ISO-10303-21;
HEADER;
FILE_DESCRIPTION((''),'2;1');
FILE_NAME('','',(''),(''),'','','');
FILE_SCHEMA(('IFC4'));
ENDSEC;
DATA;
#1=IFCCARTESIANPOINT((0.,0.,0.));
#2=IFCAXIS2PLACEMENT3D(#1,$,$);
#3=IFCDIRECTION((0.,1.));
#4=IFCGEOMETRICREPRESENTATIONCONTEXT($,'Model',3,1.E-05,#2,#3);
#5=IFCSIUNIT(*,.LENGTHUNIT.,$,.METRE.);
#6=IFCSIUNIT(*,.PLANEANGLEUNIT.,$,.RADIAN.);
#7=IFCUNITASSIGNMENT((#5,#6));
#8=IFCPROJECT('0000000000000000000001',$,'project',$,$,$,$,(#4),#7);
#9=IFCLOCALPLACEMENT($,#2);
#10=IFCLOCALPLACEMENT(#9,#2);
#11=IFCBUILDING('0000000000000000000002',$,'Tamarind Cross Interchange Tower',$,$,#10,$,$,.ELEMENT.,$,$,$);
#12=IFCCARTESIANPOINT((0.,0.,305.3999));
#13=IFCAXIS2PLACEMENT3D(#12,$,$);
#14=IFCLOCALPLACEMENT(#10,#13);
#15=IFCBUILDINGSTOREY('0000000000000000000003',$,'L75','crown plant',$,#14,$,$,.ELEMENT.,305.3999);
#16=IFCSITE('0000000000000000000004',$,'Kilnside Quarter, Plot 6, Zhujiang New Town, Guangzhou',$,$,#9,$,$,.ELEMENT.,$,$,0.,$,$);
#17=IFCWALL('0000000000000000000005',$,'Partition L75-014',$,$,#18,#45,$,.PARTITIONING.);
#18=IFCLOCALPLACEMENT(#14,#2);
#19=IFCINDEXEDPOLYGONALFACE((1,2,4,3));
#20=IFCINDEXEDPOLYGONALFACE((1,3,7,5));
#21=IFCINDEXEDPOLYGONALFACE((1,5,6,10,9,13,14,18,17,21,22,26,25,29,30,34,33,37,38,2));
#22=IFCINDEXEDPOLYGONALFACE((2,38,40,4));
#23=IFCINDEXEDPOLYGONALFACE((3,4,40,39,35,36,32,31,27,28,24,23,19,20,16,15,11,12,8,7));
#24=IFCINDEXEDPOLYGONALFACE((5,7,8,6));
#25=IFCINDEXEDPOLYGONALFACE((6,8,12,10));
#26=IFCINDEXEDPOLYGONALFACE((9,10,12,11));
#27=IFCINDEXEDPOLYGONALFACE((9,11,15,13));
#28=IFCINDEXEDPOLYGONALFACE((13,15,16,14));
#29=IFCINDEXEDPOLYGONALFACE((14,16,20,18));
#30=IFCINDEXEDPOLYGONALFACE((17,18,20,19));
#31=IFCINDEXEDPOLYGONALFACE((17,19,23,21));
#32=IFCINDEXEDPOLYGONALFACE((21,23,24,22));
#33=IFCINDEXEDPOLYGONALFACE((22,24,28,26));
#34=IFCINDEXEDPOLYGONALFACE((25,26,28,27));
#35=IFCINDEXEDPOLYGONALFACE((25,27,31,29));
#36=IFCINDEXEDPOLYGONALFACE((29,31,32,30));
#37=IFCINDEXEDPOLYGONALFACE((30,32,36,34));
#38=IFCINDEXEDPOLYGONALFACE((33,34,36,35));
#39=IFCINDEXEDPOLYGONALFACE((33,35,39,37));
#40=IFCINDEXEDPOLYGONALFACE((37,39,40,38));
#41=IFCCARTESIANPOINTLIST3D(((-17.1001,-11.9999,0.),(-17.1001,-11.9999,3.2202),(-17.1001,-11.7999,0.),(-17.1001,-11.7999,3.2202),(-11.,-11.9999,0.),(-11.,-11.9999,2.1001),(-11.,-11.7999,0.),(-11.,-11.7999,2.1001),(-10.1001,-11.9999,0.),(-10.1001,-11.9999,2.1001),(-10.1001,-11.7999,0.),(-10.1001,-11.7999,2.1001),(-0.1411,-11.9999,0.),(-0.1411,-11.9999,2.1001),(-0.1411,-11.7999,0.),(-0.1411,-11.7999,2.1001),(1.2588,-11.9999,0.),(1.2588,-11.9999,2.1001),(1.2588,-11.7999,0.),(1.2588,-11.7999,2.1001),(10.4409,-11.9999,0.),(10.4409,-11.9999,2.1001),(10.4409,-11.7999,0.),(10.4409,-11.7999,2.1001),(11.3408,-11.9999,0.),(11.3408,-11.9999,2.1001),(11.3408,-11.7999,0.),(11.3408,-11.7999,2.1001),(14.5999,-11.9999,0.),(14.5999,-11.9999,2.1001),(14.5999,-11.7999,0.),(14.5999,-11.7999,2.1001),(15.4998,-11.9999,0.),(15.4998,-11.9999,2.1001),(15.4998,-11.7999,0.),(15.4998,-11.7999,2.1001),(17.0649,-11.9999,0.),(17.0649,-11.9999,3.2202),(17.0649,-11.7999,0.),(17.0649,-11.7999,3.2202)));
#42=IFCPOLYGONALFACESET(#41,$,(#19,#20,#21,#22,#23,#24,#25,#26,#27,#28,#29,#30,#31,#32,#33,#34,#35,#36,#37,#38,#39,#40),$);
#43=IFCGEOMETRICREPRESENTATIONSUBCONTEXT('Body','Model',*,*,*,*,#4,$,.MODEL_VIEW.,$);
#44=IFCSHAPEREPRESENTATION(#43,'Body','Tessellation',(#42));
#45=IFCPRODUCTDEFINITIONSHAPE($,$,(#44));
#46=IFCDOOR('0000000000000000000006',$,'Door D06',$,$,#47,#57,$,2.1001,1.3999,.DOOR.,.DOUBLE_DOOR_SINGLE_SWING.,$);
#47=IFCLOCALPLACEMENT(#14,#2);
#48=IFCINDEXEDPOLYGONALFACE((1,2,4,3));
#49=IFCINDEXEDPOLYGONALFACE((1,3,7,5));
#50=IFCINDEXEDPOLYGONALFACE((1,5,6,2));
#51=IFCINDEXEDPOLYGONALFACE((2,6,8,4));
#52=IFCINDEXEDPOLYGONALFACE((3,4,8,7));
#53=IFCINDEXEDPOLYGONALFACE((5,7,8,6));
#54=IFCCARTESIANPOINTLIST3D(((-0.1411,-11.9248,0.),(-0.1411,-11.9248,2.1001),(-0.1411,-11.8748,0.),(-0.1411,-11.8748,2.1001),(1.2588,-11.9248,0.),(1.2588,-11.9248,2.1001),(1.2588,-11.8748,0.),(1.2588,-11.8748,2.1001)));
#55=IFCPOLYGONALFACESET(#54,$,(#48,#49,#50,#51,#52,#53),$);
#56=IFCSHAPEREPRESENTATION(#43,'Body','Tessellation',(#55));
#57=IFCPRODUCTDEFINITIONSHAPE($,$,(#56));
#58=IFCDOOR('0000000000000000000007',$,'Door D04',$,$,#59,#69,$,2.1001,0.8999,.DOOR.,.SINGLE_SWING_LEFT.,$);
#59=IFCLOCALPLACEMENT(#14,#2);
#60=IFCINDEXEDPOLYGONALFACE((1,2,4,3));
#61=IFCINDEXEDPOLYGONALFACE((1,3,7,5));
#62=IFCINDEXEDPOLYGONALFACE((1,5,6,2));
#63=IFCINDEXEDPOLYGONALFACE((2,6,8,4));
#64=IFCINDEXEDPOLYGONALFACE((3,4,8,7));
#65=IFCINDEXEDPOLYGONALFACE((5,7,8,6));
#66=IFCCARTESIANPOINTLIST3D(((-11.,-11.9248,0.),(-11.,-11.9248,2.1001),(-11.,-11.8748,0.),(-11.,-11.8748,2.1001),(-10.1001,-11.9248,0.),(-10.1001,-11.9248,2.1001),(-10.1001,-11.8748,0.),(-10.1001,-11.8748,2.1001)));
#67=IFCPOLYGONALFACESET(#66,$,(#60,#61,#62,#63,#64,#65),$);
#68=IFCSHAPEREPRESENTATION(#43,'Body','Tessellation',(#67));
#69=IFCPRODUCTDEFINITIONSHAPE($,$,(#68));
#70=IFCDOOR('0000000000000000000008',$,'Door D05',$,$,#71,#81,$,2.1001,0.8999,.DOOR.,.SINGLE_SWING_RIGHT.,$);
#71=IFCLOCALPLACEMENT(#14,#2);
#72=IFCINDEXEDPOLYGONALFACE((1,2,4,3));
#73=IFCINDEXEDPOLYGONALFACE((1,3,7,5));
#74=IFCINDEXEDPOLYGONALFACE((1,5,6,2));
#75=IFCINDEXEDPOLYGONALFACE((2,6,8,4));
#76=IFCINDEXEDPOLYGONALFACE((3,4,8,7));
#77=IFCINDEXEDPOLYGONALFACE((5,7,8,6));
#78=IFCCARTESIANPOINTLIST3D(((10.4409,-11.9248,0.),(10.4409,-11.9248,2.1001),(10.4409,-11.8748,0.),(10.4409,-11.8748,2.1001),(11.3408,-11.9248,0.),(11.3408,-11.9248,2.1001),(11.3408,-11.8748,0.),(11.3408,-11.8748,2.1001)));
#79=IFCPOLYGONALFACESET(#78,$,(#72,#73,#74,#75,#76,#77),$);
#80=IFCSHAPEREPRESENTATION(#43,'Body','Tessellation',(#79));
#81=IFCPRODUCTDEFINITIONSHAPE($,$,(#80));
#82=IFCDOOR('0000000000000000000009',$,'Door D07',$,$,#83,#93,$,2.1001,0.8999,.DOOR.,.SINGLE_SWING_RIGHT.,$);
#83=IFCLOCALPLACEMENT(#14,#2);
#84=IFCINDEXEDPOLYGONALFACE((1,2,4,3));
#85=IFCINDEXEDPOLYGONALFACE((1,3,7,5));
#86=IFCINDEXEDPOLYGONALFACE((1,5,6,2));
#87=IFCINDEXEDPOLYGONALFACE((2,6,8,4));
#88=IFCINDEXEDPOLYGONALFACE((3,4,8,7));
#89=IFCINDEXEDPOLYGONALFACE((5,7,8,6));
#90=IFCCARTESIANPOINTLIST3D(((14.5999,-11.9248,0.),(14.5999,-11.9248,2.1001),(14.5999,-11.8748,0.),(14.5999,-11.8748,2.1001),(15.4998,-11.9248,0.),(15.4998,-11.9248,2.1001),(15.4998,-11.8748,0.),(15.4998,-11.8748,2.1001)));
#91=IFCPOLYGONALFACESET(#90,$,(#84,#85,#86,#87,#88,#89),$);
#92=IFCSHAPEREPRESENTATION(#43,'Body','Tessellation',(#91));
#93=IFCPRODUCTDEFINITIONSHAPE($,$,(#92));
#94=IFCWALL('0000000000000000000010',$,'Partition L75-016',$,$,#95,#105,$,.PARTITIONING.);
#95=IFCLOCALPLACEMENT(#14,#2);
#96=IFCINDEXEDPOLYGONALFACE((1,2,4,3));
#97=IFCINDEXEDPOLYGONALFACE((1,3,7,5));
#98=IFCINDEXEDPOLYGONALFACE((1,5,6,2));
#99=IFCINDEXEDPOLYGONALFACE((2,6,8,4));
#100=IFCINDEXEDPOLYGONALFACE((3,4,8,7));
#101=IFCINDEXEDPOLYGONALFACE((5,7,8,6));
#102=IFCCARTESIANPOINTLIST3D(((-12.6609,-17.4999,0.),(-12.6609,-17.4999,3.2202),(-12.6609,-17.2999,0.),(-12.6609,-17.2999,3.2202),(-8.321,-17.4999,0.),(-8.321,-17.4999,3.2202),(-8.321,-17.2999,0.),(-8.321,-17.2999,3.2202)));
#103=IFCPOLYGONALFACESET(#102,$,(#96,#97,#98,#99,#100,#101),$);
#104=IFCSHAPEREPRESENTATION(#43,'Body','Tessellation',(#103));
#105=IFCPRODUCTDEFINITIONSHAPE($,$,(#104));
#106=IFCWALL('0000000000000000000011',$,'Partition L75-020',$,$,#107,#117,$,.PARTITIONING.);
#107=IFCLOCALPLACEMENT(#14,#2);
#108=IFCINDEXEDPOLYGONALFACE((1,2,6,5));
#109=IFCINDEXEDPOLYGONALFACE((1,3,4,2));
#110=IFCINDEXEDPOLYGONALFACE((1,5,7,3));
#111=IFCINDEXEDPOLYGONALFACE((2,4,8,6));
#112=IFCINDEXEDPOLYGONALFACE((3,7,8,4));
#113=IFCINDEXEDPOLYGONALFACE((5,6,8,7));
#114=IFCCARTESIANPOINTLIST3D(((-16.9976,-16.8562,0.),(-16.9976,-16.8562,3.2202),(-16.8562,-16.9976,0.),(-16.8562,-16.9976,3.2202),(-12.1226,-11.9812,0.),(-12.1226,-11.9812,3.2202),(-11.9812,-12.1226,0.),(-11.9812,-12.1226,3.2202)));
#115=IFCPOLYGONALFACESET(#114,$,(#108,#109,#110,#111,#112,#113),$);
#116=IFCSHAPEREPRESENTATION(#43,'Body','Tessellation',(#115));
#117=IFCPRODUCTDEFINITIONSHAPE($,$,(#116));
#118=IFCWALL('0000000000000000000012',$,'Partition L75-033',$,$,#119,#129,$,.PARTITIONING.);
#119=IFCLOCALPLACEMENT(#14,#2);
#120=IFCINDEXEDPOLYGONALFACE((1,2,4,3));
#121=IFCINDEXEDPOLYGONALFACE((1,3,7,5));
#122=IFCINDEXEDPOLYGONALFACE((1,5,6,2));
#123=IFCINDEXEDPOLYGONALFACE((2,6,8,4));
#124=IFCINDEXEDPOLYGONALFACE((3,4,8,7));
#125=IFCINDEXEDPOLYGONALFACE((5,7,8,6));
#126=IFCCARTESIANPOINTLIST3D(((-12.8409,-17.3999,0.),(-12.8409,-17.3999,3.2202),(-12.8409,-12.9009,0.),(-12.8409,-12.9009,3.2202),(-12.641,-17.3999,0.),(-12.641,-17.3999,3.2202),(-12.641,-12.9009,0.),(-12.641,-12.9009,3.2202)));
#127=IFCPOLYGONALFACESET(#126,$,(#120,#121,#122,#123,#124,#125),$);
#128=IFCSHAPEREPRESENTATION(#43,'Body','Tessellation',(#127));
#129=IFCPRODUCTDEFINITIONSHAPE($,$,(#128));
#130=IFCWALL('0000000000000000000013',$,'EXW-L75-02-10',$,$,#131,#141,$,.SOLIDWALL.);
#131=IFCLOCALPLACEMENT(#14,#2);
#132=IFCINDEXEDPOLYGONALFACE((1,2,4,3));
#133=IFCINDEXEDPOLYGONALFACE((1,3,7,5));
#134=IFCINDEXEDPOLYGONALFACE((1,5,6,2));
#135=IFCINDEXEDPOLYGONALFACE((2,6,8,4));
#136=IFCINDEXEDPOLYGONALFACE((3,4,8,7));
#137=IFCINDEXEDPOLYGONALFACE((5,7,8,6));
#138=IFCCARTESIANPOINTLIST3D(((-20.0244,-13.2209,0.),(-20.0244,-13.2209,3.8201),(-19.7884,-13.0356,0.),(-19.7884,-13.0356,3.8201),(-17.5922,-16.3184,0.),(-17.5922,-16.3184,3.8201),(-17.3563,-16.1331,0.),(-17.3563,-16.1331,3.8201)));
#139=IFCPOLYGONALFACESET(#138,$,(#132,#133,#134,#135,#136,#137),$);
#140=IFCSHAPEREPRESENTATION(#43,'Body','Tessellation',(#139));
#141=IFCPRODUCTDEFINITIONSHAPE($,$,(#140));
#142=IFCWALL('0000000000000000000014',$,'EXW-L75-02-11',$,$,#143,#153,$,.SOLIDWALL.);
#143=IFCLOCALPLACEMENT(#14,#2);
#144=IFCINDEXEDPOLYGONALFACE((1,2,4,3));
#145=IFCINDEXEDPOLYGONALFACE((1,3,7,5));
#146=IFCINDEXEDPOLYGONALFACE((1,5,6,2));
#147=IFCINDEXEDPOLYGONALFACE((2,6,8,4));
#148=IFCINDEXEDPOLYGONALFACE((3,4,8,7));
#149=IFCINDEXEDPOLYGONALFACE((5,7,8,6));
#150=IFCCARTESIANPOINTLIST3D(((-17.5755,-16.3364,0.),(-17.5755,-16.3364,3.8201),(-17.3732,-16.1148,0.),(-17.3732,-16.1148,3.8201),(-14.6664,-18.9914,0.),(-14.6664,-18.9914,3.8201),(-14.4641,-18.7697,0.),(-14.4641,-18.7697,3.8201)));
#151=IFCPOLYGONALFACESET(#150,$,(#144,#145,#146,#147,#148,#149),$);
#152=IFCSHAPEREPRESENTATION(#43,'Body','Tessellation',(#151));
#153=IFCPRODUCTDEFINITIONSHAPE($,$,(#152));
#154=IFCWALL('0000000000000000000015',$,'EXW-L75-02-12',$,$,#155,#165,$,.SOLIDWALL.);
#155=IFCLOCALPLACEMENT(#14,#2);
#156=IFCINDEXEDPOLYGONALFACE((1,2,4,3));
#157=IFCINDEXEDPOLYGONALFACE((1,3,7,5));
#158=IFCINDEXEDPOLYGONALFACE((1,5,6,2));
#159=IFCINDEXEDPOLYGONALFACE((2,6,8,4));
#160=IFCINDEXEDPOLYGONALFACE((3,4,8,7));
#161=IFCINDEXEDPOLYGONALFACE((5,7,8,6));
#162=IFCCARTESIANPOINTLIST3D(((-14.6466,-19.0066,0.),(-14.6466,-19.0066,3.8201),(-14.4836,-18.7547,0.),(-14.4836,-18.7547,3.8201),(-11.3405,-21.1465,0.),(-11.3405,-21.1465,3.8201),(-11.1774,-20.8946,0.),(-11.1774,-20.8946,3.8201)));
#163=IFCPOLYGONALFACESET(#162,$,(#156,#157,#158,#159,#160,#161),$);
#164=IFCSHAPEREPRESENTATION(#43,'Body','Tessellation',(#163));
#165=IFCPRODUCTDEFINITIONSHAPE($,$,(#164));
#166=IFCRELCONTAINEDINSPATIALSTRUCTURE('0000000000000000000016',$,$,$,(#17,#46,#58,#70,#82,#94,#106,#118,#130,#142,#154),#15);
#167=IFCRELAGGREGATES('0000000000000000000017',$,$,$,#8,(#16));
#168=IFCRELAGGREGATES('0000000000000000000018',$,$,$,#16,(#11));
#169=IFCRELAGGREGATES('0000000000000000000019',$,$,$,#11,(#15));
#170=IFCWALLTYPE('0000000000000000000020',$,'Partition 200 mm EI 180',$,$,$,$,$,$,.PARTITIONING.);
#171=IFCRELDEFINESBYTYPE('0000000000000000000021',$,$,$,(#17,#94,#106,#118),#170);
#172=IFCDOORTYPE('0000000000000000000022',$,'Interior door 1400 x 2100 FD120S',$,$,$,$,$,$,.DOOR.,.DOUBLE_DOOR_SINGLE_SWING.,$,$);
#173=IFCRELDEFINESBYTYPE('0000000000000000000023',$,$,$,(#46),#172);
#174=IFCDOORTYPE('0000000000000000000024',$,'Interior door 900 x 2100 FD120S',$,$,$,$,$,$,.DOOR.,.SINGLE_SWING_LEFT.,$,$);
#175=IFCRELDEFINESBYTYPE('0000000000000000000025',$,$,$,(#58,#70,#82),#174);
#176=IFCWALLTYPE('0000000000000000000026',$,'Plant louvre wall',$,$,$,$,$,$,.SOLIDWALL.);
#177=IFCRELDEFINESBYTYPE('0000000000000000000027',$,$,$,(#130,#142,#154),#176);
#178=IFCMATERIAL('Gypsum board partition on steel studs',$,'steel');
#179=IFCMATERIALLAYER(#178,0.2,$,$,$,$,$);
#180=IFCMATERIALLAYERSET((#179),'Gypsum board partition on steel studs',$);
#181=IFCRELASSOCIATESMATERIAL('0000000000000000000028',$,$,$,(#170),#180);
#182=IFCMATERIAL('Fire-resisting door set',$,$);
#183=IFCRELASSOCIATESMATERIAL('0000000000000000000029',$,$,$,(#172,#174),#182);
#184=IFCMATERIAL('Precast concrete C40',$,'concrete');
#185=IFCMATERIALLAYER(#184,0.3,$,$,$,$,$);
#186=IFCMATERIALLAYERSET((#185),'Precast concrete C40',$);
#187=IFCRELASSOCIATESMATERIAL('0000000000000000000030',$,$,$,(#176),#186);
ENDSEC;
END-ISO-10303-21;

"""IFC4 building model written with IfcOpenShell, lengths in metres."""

from ifc_helpers import new_model, si_unit, direction, frame, frame_2d, origin, place, context, subcontext, project, spatial, rectangle, extrude, material, layer, layer_set, type_object, element, fill, save


model = new_model("IFC4")

# Units and contexts
model_context = context("Model", 3, precision=1e-05, world=origin(), true_north=direction((0.0, 1.0)))
body_context = subcontext(model_context, "Body", "Model", "MODEL_VIEW")
ifc_project = project(units=[si_unit("LENGTHUNIT", "METRE"), si_unit("PLANEANGLEUNIT", "RADIAN")], contexts=[model_context])

# Site, building, storey
site_placement = place(None, origin())
site = spatial("IfcSite", under=ifc_project, at=site_placement, Name="Kilnside Quarter, Plot 6, Zhujiang New Town, Guangzhou", CompositionType="ELEMENT", RefElevation=0.0)
building_placement = place(site_placement, origin())
building = spatial("IfcBuilding", under=site, at=building_placement, Name="Tamarind Cross Interchange Tower", CompositionType="ELEMENT")
storey_placement = place(building_placement, frame((0.0, 0.0, 305.3999)))
storey = spatial("IfcBuildingStorey", under=building, at=storey_placement, Name="L75", Description="crown plant", CompositionType="ELEMENT", Elevation=305.3999)

# Wall, openings, doors
ifc_material_1 = material(Name="Gypsum board partition on steel studs", Category="steel")
ifc_layer_1 = layer(ifc_material_1, 0.2)
ifc_layer_set_1 = layer_set([ifc_layer_1], Name="Gypsum board partition on steel studs")
wall_type_1 = type_object("IfcWallType", Name="Partition 200 mm EI 180", PredefinedType="PARTITIONING", material=ifc_layer_set_1)
wall_1_placement = place(storey_placement, frame((-17.1001, -11.8999, 0.0), z_axis=(0.0, 0.0, 1.0), x_axis=(1.0, 0.0, 0.0)))
wall_1 = element("IfcWall", 1, at=wall_1_placement, inside=storey, type_object=wall_type_1, Name="Partition L75-014", PredefinedType="PARTITIONING", context=body_context, shape_type="SweptSolid", body=[
    extrude(rectangle(XDim=34.165, YDim=0.2, at=frame_2d((17.0825, 0.0))), origin(), (0.0, 0.0, 1.0), 3.2202),
])
opening_1_placement = place(wall_1_placement, frame((6.1001, 0.0, 0.0)))
opening_1 = element("IfcOpeningElement", 2, at=opening_1_placement, cuts=wall_1, PredefinedType="OPENING", context=body_context, shape_type="SweptSolid", body=[
    extrude(rectangle(XDim=0.8999, YDim=2.1001, at=frame_2d((0.45, 1.05))), frame((0.0, 0.1099, 0.0), z_axis=(0.0, -1.0, 0.0), x_axis=(1.0, 0.0, 0.0)), (0.0, 0.0, 1.0), 0.22),
])
opening_2_placement = place(wall_1_placement, frame((27.541, 0.0, 0.0)))
opening_2 = element("IfcOpeningElement", 3, at=opening_2_placement, cuts=wall_1, PredefinedType="OPENING", context=body_context, shape_type="SweptSolid", body=[
    extrude(rectangle(XDim=0.8999, YDim=2.1001, at=frame_2d((0.45, 1.05))), frame((0.0, 0.1099, 0.0), z_axis=(0.0, -1.0, 0.0), x_axis=(1.0, 0.0, 0.0)), (0.0, 0.0, 1.0), 0.22),
])
opening_3_placement = place(wall_1_placement, frame((16.959, 0.0, 0.0)))
opening_3 = element("IfcOpeningElement", 4, at=opening_3_placement, cuts=wall_1, PredefinedType="OPENING", context=body_context, shape_type="SweptSolid", body=[
    extrude(rectangle(XDim=1.3999, YDim=2.1001, at=frame_2d((0.7, 1.05))), frame((0.0, 0.1099, 0.0), z_axis=(0.0, -1.0, 0.0), x_axis=(1.0, 0.0, 0.0)), (0.0, 0.0, 1.0), 0.22),
])
opening_4_placement = place(wall_1_placement, frame((31.7, 0.0, 0.0)))
opening_4 = element("IfcOpeningElement", 5, at=opening_4_placement, cuts=wall_1, PredefinedType="OPENING", context=body_context, shape_type="SweptSolid", body=[
    extrude(rectangle(XDim=0.8999, YDim=2.1001, at=frame_2d((0.45, 1.05))), frame((0.0, 0.1099, 0.0), z_axis=(0.0, -1.0, 0.0), x_axis=(1.0, 0.0, 0.0)), (0.0, 0.0, 1.0), 0.22),
])
ifc_material_2 = material(Name="Fire-resisting door set")
door_type_1 = type_object("IfcDoorType", Name="Interior door 1400 x 2100 FD120S", OperationType="DOUBLE_DOOR_SINGLE_SWING", PredefinedType="DOOR", material=ifc_material_2)
door_1_placement = place(opening_3_placement, frame((1.3999, 0.0, 0.0), z_axis=(0.0, 0.0, 1.0), x_axis=(-1.0, 0.0, 0.0)))
door_1 = element("IfcDoor", 6, at=door_1_placement, inside=storey, type_object=door_type_1, Name="Door D06", OperationType="DOUBLE_DOOR_SINGLE_SWING", OverallHeight=2.1001, OverallWidth=1.3999, PredefinedType="DOOR", context=body_context, shape_type="SweptSolid", body=[
    extrude(rectangle(XDim=1.3999, YDim=2.1001, at=frame_2d((0.7, 1.05))), frame((0.0, 0.0249, 0.0), z_axis=(0.0, -1.0, 0.0), x_axis=(1.0, 0.0, 0.0)), (0.0, 0.0, 1.0), 0.05),
])
fill(opening_3, door_1)
door_type_2 = type_object("IfcDoorType", Name="Interior door 900 x 2100 FD120S", OperationType="SINGLE_SWING_LEFT", PredefinedType="DOOR", material=ifc_material_2)
door_2_placement = place(opening_1_placement, frame((0.8999, 0.0, 0.0), z_axis=(0.0, 0.0, 1.0), x_axis=(-1.0, 0.0, 0.0)))
door_2 = element("IfcDoor", 7, at=door_2_placement, inside=storey, type_object=door_type_2, Name="Door D04", OperationType="SINGLE_SWING_LEFT", OverallHeight=2.1001, OverallWidth=0.8999, PredefinedType="DOOR", context=body_context, shape_type="SweptSolid", body=[
    extrude(rectangle(XDim=0.8999, YDim=2.1001, at=frame_2d((0.45, 1.05))), frame((0.0, 0.0249, 0.0), z_axis=(0.0, -1.0, 0.0), x_axis=(1.0, 0.0, 0.0)), (0.0, 0.0, 1.0), 0.05),
])
fill(opening_1, door_2)
door_3_placement = place(opening_2_placement, frame((0.8999, 0.0, 0.0), z_axis=(0.0, 0.0, 1.0), x_axis=(-1.0, 0.0, 0.0)))
door_3 = element("IfcDoor", 8, at=door_3_placement, inside=storey, type_object=door_type_2, Name="Door D05", OperationType="SINGLE_SWING_RIGHT", OverallHeight=2.1001, OverallWidth=0.8999, PredefinedType="DOOR", context=body_context, shape_type="SweptSolid", body=[
    extrude(rectangle(XDim=0.8999, YDim=2.1001, at=frame_2d((0.45, 1.05))), frame((0.0, 0.0249, 0.0), z_axis=(0.0, -1.0, 0.0), x_axis=(1.0, 0.0, 0.0)), (0.0, 0.0, 1.0), 0.05),
])
fill(opening_2, door_3)
door_4_placement = place(opening_4_placement, frame((0.8999, 0.0, 0.0), z_axis=(0.0, 0.0, 1.0), x_axis=(-1.0, 0.0, 0.0)))
door_4 = element("IfcDoor", 9, at=door_4_placement, inside=storey, type_object=door_type_2, Name="Door D07", OperationType="SINGLE_SWING_RIGHT", OverallHeight=2.1001, OverallWidth=0.8999, PredefinedType="DOOR", context=body_context, shape_type="SweptSolid", body=[
    extrude(rectangle(XDim=0.8999, YDim=2.1001, at=frame_2d((0.45, 1.05))), frame((0.0, 0.0249, 0.0), z_axis=(0.0, -1.0, 0.0), x_axis=(1.0, 0.0, 0.0)), (0.0, 0.0, 1.0), 0.05),
])
fill(opening_4, door_4)

# Walls
wall_2_placement = place(storey_placement, frame((-12.6609, -17.3999, 0.0), z_axis=(0.0, 0.0, 1.0), x_axis=(1.0, 0.0, 0.0)))
element("IfcWall", 10, at=wall_2_placement, inside=storey, type_object=wall_type_1, Name="Partition L75-016", PredefinedType="PARTITIONING", context=body_context, shape_type="SweptSolid", body=[
    extrude(rectangle(XDim=4.3398, YDim=0.2, at=frame_2d((2.1699, 0.0))), origin(), (0.0, 0.0, 1.0), 3.2202),
])
wall_3_placement = place(storey_placement, frame((-16.927, -16.927, 0.0), z_axis=(0.0, 0.0, 1.0), x_axis=(0.707107, 0.707107, 0.0)))
element("IfcWall", 11, at=wall_3_placement, inside=storey, type_object=wall_type_1, Name="Partition L75-020", PredefinedType="PARTITIONING", context=body_context, shape_type="SweptSolid", body=[
    extrude(rectangle(XDim=6.8943, YDim=0.2, at=frame_2d((3.4473, 0.0))), origin(), (0.0, 0.0, 1.0), 3.2202),
])
wall_4_placement = place(storey_placement, frame((-12.741, -17.3999, 0.0), z_axis=(0.0, 0.0, 1.0), x_axis=(0.0, 1.0, 0.0)))
element("IfcWall", 12, at=wall_4_placement, inside=storey, type_object=wall_type_1, Name="Partition L75-033", PredefinedType="PARTITIONING", context=body_context, shape_type="SweptSolid", body=[
    extrude(rectangle(XDim=4.499, YDim=0.2, at=frame_2d((2.2495, 0.0))), origin(), (0.0, 0.0, 1.0), 3.2202),
])
ifc_material_3 = material(Name="Precast concrete C40", Category="concrete")
ifc_layer_2 = layer(ifc_material_3, 0.3)
ifc_layer_set_2 = layer_set([ifc_layer_2], Name="Precast concrete C40")
wall_type_2 = type_object("IfcWallType", Name="Plant louvre wall", PredefinedType="SOLIDWALL", material=ifc_layer_set_2)
wall_5_placement = place(storey_placement, frame((-19.9065, -13.1282, 0.0), z_axis=(0.0, 0.0, 1.0), x_axis=(0.617578, -0.78651, 0.0)))
element("IfcWall", 13, at=wall_5_placement, inside=storey, type_object=wall_type_2, Name="EXW-L75-02-10", PredefinedType="SOLIDWALL", context=body_context, shape_type="SweptSolid", body=[
    extrude(rectangle(XDim=3.9382, YDim=0.3, at=frame_2d((1.9692, 0.0))), origin(), (0.0, 0.0, 1.0), 3.8201),
])
wall_6_placement = place(storey_placement, frame((-17.4744, -16.2256, 0.0), z_axis=(0.0, 0.0, 1.0), x_axis=(0.738634, -0.674106, 0.0)))
element("IfcWall", 14, at=wall_6_placement, inside=storey, type_object=wall_type_2, Name="EXW-L75-02-11", PredefinedType="SOLIDWALL", context=body_context, shape_type="SweptSolid", body=[
    extrude(rectangle(XDim=3.9385, YDim=0.3, at=frame_2d((1.9692, 0.0))), origin(), (0.0, 0.0, 1.0), 3.8201),
])
wall_7_placement = place(storey_placement, frame((-14.5652, -18.8806, 0.0), z_axis=(0.0, 0.0, 1.0), x_axis=(0.839499, -0.543362, 0.0)))
element("IfcWall", 15, at=wall_7_placement, inside=storey, type_object=wall_type_2, Name="EXW-L75-02-12", PredefinedType="SOLIDWALL", context=body_context, shape_type="SweptSolid", body=[
    extrude(rectangle(XDim=3.9382, YDim=0.3, at=frame_2d((1.9692, 0.0))), origin(), (0.0, 0.0, 1.0), 3.8201),
])

save(model, "model.ifc")
